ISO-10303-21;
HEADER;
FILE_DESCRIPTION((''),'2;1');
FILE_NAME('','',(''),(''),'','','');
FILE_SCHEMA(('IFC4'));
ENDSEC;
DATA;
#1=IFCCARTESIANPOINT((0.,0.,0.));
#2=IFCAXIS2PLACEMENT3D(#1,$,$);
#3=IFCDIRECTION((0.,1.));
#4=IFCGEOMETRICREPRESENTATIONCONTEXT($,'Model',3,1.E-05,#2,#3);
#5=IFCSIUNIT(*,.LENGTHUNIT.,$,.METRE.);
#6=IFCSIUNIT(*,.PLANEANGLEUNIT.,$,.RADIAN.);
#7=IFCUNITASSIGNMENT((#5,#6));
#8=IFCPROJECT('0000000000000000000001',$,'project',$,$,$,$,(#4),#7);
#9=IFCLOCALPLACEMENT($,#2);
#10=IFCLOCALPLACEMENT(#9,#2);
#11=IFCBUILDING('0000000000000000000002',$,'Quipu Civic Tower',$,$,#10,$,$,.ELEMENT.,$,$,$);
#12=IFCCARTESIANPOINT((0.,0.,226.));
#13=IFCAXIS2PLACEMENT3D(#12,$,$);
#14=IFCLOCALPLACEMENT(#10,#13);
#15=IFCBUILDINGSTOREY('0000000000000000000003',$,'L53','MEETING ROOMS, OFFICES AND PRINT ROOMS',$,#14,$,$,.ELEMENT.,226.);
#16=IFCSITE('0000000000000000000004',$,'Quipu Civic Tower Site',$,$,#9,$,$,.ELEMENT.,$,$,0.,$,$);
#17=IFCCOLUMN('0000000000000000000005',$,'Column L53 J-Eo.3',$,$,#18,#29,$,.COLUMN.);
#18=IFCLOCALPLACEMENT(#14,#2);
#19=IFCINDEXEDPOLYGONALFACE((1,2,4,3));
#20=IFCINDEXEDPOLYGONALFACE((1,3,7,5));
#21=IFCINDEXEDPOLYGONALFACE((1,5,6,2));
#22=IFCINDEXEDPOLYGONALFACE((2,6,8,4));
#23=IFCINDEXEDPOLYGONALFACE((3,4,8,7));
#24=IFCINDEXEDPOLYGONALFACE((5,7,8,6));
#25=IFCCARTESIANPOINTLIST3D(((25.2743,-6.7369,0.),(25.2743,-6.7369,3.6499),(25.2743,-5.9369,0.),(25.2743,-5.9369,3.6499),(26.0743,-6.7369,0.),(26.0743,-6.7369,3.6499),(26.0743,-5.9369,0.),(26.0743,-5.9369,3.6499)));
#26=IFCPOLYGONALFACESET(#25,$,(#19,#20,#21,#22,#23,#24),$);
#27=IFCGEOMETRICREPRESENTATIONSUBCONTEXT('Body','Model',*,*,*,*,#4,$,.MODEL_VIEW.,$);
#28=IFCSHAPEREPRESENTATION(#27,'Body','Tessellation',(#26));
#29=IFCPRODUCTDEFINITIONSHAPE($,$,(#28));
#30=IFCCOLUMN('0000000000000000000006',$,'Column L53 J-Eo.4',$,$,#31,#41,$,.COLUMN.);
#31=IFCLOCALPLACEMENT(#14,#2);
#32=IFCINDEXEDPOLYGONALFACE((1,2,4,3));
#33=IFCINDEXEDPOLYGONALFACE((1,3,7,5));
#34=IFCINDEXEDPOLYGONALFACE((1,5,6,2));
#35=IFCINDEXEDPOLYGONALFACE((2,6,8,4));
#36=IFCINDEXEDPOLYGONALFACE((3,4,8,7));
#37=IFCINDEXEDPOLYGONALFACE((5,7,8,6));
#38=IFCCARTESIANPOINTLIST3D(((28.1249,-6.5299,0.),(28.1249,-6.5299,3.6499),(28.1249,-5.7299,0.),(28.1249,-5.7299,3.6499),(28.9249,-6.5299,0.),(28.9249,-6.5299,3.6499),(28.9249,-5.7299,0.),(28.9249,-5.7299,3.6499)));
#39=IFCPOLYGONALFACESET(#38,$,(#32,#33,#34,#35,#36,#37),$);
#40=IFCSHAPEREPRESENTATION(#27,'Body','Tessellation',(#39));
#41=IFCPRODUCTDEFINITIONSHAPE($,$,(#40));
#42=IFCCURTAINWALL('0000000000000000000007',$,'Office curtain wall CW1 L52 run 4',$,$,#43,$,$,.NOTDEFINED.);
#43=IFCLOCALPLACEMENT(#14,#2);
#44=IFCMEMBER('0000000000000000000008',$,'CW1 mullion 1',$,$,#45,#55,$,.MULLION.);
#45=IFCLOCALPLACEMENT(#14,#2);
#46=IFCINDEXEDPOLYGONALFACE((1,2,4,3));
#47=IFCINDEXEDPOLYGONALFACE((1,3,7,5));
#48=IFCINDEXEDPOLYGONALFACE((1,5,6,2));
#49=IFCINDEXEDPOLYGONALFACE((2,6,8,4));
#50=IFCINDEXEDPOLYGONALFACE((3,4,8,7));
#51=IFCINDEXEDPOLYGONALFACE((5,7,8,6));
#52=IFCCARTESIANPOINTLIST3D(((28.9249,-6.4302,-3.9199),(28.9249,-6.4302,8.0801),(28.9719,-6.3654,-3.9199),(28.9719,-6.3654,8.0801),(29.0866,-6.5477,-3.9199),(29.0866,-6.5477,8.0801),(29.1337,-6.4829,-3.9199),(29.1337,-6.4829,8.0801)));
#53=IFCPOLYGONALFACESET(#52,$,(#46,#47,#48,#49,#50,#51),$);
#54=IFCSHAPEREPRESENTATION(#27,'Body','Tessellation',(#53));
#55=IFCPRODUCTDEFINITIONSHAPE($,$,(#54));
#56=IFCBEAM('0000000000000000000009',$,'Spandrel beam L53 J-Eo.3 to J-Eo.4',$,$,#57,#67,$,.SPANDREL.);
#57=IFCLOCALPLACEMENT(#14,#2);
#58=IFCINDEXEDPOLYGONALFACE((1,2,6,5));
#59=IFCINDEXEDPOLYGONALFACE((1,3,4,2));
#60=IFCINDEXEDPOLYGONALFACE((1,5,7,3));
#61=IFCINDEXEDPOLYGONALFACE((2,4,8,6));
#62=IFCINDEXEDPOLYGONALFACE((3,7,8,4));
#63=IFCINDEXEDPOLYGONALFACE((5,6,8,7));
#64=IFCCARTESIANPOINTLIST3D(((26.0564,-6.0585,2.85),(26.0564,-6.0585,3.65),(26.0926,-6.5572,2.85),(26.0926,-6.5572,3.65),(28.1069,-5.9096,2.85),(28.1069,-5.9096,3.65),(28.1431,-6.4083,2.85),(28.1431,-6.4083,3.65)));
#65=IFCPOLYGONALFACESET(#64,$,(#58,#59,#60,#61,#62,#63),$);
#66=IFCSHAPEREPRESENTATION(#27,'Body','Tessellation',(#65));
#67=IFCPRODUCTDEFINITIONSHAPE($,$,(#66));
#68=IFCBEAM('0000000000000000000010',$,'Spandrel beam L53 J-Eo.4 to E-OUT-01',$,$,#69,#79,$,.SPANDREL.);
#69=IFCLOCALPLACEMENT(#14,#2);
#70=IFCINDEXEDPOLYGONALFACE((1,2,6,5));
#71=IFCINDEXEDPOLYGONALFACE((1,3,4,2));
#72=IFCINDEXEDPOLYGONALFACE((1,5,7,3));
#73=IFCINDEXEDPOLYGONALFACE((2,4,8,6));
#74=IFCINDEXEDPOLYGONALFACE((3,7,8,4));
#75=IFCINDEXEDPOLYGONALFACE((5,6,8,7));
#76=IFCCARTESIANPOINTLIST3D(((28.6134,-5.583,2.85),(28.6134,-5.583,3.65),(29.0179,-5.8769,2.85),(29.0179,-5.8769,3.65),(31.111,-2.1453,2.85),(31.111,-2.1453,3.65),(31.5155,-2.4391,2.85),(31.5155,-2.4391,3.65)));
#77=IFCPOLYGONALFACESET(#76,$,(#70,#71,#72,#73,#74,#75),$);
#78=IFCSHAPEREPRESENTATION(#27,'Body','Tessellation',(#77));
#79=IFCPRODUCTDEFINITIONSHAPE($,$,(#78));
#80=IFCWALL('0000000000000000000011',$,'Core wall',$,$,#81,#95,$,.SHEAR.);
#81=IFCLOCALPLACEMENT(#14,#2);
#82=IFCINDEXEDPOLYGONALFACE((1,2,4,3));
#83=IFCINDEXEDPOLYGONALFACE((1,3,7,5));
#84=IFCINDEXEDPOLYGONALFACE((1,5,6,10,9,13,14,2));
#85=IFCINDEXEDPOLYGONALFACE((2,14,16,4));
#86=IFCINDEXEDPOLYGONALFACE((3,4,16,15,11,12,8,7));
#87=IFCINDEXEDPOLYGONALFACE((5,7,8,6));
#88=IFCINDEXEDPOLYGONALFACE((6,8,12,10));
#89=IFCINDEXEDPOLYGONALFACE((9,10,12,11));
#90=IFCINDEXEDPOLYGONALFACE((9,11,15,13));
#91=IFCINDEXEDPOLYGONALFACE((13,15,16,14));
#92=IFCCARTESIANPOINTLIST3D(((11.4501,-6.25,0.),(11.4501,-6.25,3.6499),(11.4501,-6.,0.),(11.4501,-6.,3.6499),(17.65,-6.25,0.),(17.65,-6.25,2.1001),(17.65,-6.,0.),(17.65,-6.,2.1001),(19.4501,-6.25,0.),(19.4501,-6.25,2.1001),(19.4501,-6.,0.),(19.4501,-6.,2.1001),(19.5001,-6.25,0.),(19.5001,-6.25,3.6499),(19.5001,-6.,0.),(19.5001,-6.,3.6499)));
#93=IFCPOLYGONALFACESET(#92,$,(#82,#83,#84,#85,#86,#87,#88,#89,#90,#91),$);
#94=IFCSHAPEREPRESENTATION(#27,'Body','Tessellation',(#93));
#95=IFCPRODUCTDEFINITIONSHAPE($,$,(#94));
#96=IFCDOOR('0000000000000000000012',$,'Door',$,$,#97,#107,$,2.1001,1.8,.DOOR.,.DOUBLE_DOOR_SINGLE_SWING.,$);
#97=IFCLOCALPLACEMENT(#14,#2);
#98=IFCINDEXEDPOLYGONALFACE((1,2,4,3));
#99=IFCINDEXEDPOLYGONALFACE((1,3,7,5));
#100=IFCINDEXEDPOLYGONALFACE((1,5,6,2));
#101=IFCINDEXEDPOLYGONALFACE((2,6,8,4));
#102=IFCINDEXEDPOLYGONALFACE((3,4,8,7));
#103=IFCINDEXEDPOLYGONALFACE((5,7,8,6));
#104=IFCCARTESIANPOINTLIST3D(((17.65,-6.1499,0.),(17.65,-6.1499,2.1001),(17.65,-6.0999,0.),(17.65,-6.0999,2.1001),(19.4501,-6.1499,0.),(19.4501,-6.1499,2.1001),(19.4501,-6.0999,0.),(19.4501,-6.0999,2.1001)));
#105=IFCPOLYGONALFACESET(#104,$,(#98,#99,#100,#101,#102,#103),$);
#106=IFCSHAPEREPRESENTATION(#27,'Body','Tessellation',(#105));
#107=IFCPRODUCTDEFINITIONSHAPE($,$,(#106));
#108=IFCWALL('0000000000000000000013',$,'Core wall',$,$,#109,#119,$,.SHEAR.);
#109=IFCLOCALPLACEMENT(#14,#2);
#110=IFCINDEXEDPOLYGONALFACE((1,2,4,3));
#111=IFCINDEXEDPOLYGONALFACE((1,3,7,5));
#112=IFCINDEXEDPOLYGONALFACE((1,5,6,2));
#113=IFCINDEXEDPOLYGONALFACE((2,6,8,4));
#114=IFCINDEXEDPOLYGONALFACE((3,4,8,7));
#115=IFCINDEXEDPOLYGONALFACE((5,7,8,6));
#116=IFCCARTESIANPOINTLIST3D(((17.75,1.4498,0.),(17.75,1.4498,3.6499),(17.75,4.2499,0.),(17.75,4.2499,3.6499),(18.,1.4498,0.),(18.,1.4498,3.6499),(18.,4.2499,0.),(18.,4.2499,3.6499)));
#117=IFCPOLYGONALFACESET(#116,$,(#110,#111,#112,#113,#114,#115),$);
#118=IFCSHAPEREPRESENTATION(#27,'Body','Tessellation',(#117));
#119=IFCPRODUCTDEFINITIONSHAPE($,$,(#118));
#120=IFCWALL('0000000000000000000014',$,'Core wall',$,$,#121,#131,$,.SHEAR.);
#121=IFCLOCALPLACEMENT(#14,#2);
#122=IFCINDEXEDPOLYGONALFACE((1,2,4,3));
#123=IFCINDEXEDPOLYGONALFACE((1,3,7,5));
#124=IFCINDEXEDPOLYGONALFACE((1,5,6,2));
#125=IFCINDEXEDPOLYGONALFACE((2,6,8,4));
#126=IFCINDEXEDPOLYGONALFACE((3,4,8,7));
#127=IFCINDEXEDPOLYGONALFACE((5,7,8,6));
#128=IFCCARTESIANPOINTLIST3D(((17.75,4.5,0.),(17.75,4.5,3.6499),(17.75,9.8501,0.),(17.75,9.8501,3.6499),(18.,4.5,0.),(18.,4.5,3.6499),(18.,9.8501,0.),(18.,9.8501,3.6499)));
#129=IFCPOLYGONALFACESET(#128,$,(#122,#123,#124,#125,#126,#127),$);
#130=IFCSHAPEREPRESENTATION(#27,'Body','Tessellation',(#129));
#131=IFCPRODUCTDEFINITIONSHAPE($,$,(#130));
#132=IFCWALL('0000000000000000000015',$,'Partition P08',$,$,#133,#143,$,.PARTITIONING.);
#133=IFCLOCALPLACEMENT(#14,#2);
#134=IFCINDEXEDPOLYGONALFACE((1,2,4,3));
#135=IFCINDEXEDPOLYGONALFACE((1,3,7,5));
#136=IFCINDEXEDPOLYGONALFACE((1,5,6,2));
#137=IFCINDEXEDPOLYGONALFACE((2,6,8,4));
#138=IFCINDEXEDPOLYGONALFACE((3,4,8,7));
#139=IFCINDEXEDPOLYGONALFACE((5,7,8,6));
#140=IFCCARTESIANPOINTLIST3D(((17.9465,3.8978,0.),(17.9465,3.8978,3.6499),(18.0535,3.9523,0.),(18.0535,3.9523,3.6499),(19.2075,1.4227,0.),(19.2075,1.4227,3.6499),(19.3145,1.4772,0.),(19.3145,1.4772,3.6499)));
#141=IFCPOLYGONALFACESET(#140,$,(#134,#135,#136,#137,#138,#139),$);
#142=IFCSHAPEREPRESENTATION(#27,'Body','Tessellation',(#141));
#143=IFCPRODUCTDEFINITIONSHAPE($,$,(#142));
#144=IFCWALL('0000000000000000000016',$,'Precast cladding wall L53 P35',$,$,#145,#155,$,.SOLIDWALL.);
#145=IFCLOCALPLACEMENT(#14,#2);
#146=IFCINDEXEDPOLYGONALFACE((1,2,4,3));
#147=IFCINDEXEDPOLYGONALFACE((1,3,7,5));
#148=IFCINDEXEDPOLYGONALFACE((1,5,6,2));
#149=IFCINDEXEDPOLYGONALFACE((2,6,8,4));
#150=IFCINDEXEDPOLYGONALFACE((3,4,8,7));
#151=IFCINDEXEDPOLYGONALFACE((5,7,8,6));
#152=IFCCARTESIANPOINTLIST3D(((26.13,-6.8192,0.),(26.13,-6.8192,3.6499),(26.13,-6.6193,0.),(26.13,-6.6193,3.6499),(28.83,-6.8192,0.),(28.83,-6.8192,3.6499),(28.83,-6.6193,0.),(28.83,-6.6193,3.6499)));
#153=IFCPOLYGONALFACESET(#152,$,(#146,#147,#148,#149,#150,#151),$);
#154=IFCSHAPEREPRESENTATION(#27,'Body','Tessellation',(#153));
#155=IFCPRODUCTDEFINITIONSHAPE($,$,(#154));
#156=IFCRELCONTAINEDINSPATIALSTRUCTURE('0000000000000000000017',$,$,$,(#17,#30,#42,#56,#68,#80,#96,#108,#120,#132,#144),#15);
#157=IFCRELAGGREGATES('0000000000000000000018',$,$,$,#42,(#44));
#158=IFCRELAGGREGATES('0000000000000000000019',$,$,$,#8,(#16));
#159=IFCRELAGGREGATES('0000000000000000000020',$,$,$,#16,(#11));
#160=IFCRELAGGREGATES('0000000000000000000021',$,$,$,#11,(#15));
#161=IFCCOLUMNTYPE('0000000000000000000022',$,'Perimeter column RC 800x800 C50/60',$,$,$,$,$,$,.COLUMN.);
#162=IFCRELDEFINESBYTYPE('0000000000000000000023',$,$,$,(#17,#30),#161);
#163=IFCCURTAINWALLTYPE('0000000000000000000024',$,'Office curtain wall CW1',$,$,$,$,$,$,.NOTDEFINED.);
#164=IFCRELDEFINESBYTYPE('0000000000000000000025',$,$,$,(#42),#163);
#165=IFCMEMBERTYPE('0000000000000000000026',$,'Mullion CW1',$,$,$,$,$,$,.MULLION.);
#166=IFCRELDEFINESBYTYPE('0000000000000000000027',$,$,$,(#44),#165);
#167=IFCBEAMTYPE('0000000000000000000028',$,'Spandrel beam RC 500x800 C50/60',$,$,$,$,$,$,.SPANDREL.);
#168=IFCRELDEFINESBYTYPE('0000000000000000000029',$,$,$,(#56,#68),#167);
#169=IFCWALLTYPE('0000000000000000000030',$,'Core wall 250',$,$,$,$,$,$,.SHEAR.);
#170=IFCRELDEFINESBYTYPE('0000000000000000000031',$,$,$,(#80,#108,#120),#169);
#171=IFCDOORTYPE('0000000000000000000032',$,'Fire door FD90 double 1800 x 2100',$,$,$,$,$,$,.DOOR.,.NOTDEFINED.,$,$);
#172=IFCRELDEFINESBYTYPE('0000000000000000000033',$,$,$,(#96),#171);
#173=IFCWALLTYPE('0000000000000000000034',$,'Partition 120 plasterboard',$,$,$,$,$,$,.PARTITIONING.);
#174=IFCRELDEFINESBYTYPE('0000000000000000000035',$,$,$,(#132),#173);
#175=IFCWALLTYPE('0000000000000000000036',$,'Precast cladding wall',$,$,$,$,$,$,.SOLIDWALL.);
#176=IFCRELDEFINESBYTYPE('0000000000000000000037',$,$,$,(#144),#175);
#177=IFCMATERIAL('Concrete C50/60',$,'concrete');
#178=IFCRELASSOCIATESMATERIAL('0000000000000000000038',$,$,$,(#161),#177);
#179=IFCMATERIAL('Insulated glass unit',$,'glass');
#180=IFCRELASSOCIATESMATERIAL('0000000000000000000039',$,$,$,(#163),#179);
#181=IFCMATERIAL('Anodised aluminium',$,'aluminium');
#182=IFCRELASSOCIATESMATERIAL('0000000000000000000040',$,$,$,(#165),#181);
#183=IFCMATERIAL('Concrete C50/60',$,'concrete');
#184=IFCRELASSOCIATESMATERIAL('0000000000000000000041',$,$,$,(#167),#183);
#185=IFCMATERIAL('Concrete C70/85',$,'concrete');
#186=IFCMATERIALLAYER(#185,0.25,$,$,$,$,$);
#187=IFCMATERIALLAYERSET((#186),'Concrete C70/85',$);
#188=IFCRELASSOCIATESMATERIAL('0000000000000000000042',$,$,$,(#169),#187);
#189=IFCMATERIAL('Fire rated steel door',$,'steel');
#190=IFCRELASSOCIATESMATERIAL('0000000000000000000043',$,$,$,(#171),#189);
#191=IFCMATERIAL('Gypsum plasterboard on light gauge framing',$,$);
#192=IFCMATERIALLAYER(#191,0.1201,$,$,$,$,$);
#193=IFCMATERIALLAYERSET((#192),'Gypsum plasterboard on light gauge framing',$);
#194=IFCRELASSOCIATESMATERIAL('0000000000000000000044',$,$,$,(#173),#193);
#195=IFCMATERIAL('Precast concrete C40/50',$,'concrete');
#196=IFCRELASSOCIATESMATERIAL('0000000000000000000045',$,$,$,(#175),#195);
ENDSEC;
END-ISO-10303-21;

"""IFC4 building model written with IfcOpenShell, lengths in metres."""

from ifc_helpers import new_model, si_unit, direction, frame, frame_2d, origin, origin_2d, place, context, subcontext, project, spatial, rectangle, extrude, material, layer, layer_set, material_profile, profile_set, type_object, element, fill, aggregate, save


model = new_model("IFC4")

# Units and contexts
model_context = context("Model", 3, precision=1e-05, world=origin(), true_north=direction((0.0, 1.0)))
body_context = subcontext(model_context, "Body", "Model", "MODEL_VIEW")
ifc_project = project(units=[si_unit("LENGTHUNIT", "METRE"), si_unit("PLANEANGLEUNIT", "RADIAN")], contexts=[model_context])

# Site, building, storey
site_placement = place(None, origin())
site = spatial("IfcSite", under=ifc_project, at=site_placement, Name="Quipu Civic Tower Site", CompositionType="ELEMENT", RefElevation=0.0)
building_placement = place(site_placement, origin())
building = spatial("IfcBuilding", under=site, at=building_placement, Name="Quipu Civic Tower", CompositionType="ELEMENT")
storey_placement = place(building_placement, frame((0.0, 0.0, 226.0)))
storey = spatial("IfcBuildingStorey", under=building, at=storey_placement, Name="L53", Description="MEETING ROOMS, OFFICES AND PRINT ROOMS", CompositionType="ELEMENT", Elevation=226.0)

# Columns
ifc_material_1 = material(Name="Concrete C50/60", Category="concrete")
ifc_material_profile_1 = material_profile(ifc_material_1, rectangle(XDim=0.8, YDim=0.8, at=origin_2d()), Name="RC800x800")
ifc_profile_set_1 = profile_set([ifc_material_profile_1], Name="Concrete C50/60")
column_type = type_object("IfcColumnType", Name="Perimeter column RC 800x800 C50/60", PredefinedType="COLUMN", material=ifc_profile_set_1)
for number, where, z_axis, x_axis, name in (
    (1, (25.6743, -6.3369, 0.0), (0.0, 0.0, 1.0), (1.0, 0.0, 0.0), "Column L53 J-Eo.3"),
    (2, (28.5249, -6.1299, 0.0), (0.0, 0.0, 1.0), (1.0, 0.0, 0.0), "Column L53 J-Eo.4"),
):
    element("IfcColumn", number, at=place(storey_placement, frame(where, z_axis=z_axis, x_axis=x_axis)), inside=storey, type_object=column_type, Name=name, PredefinedType="COLUMN", context=body_context, shape_type="SweptSolid", body=[
        extrude(rectangle(XDim=0.8, YDim=0.8, at=origin_2d()), origin(), (0.0, 0.0, 1.0), 3.6499),
    ])

# Curtain wall, member
ifc_material_2 = material(Name="Insulated glass unit", Category="glass")
curtain_wall_type = type_object("IfcCurtainWallType", Name="Office curtain wall CW1", PredefinedType="NOTDEFINED", material=ifc_material_2)
curtain_wall_placement = place(storey_placement, origin())
curtain_wall = element("IfcCurtainWall", 3, at=curtain_wall_placement, inside=storey, type_object=curtain_wall_type, Name="Office curtain wall CW1 L52 run 4", PredefinedType="NOTDEFINED")
ifc_material_3 = material(Name="Anodised aluminium", Category="aluminium")
ifc_material_profile_2 = material_profile(ifc_material_3, rectangle(XDim=0.2, YDim=0.0801, at=origin_2d()), Name="RECT 200x80")
ifc_profile_set_2 = profile_set([ifc_material_profile_2], Name="Anodised aluminium")
member_type = type_object("IfcMemberType", Name="Mullion CW1", PredefinedType="MULLION", material=ifc_profile_set_2)
member_placement = place(storey_placement, frame((29.0293, -6.4565, -3.9199), z_axis=(0.0, 0.0, 1.0), x_axis=(-0.809016, 0.587787, 0.0)))
member = element("IfcMember", 4, at=member_placement, type_object=member_type, Name="CW1 mullion 1", PredefinedType="MULLION", context=body_context, shape_type="SweptSolid", body=[
    extrude(rectangle(XDim=0.2, YDim=0.0801, at=origin_2d()), origin(), (0.0, 0.0, 1.0), 12.0),
])
aggregate(curtain_wall, [member])

# Beams
ifc_material_4 = material(Name="Concrete C50/60", Category="concrete")
ifc_material_profile_3 = material_profile(ifc_material_4, rectangle(XDim=0.5, YDim=0.8, at=origin_2d()), Name="RC500x800")
ifc_profile_set_3 = profile_set([ifc_material_profile_3], Name="Concrete C50/60")
beam_type = type_object("IfcBeamType", Name="Spandrel beam RC 500x800 C50/60", PredefinedType="SPANDREL", material=ifc_profile_set_3)
beam_1_placement = place(storey_placement, frame((26.0745, -6.3079, 3.25), z_axis=(0.997373, 0.072437, 0.0), x_axis=(-0.072437, 0.997373, 0.0)))
element("IfcBeam", 5, at=beam_1_placement, inside=storey, type_object=beam_type, Name="Spandrel beam L53 J-Eo.3 to J-Eo.4", PredefinedType="SPANDREL", context=body_context, shape_type="SweptSolid", body=[
    extrude(rectangle(XDim=0.5, YDim=0.8, at=origin_2d()), origin(), (0.0, 0.0, 1.0), 2.0559),
])
beam_2_placement = place(storey_placement, frame((28.8157, -5.73, 3.25), z_axis=(0.587769, 0.809029, 0.0), x_axis=(-0.809029, 0.587769, 0.0)))
element("IfcBeam", 6, at=beam_2_placement, inside=storey, type_object=beam_type, Name="Spandrel beam L53 J-Eo.4 to E-OUT-01", PredefinedType="SPANDREL", context=body_context, shape_type="SweptSolid", body=[
    extrude(rectangle(XDim=0.5, YDim=0.8, at=origin_2d()), origin(), (0.0, 0.0, 1.0), 4.2493),
])

# Wall, opening, door
ifc_material_5 = material(Name="Concrete C70/85", Category="concrete")
ifc_layer_1 = layer(ifc_material_5, 0.25)
ifc_layer_set_1 = layer_set([ifc_layer_1], Name="Concrete C70/85")
wall_type_1 = type_object("IfcWallType", Name="Core wall 250", PredefinedType="SHEAR", material=ifc_layer_set_1)
wall_1_placement = place(storey_placement, frame((19.5, -6.125, 0.0), z_axis=(0.0, 0.0, 1.0), x_axis=(-1.0, 0.0, 0.0)))
wall_1 = element("IfcWall", 7, at=wall_1_placement, inside=storey, type_object=wall_type_1, Name="Core wall", PredefinedType="SHEAR", context=body_context, shape_type="SweptSolid", body=[
    extrude(rectangle(XDim=8.05, YDim=0.25, at=frame_2d((4.0249, 0.0))), origin(), (0.0, 0.0, 1.0), 3.6499),
])
opening_1_placement = place(wall_1_placement, frame((0.05, 0.0, 0.0)))
opening_1 = element("IfcOpeningElement", 8, at=opening_1_placement, cuts=wall_1, PredefinedType="OPENING", context=body_context, shape_type="SweptSolid", body=[
    extrude(rectangle(XDim=1.8, YDim=2.1001, at=frame_2d((0.8999, 1.05))), frame((0.0, 0.135, 0.0), z_axis=(0.0, -1.0, 0.0), x_axis=(1.0, 0.0, 0.0)), (0.0, 0.0, 1.0), 0.27),
])
ifc_material_6 = material(Name="Fire rated steel door", Category="steel")
door_type_1 = type_object("IfcDoorType", Name="Fire door FD90 double 1800 x 2100", OperationType="NOTDEFINED", PredefinedType="DOOR", material=ifc_material_6)
door_1_placement = place(opening_1_placement, origin())
door_1 = element("IfcDoor", 9, at=door_1_placement, inside=storey, type_object=door_type_1, Name="Door", OperationType="DOUBLE_DOOR_SINGLE_SWING", OverallHeight=2.1001, OverallWidth=1.8, PredefinedType="DOOR", context=body_context, shape_type="SweptSolid", body=[
    extrude(rectangle(XDim=1.8, YDim=2.1001, at=frame_2d((0.8999, 1.05))), frame((0.0, 0.0249, 0.0), z_axis=(0.0, -1.0, 0.0), x_axis=(1.0, 0.0, 0.0)), (0.0, 0.0, 1.0), 0.05),
])
fill(opening_1, door_1)

# Walls
wall_2_placement = place(storey_placement, frame((17.875, 1.45, 0.0), z_axis=(0.0, 0.0, 1.0), x_axis=(0.0, 1.0, 0.0)))
element("IfcWall", 10, at=wall_2_placement, inside=storey, type_object=wall_type_1, Name="Core wall", PredefinedType="SHEAR", context=body_context, shape_type="SweptSolid", body=[
    extrude(rectangle(XDim=2.8, YDim=0.25, at=frame_2d((1.3999, 0.0))), origin(), (0.0, 0.0, 1.0), 3.6499),
])
wall_3_placement = place(storey_placement, frame((17.875, 4.5, 0.0), z_axis=(0.0, 0.0, 1.0), x_axis=(0.0, 1.0, 0.0)))
element("IfcWall", 11, at=wall_3_placement, inside=storey, type_object=wall_type_1, Name="Core wall", PredefinedType="SHEAR", context=body_context, shape_type="SweptSolid", body=[
    extrude(rectangle(XDim=5.3501, YDim=0.25, at=frame_2d((2.675, 0.0))), origin(), (0.0, 0.0, 1.0), 3.6499),
])

# Walls
ifc_material_7 = material(Name="Gypsum plasterboard on light gauge framing")
ifc_layer_2 = layer(ifc_material_7, 0.1201)
ifc_layer_set_2 = layer_set([ifc_layer_2], Name="Gypsum plasterboard on light gauge framing")
wall_type_2 = type_object("IfcWallType", Name="Partition 120 plasterboard", PredefinedType="PARTITIONING", material=ifc_layer_set_2)
wall_4_placement = place(storey_placement, frame((18.0, 3.925, 0.0), z_axis=(0.0, 0.0, 1.0), x_axis=(0.453951, -0.891027, 0.0)))
element("IfcWall", 12, at=wall_4_placement, inside=storey, type_object=wall_type_2, Name="Partition P08", PredefinedType="PARTITIONING", context=body_context, shape_type="SweptSolid", body=[
    extrude(rectangle(XDim=2.7778, YDim=0.1201, at=frame_2d((1.3889, 0.0))), origin(), (0.0, 0.0, 1.0), 3.6499),
])
ifc_material_8 = material(Name="Precast concrete C40/50", Category="concrete")
wall_type_3 = type_object("IfcWallType", Name="Precast cladding wall", PredefinedType="SOLIDWALL", material=ifc_material_8)
wall_5_placement = place(storey_placement, frame((26.1299, -6.7192, 0.0), z_axis=(0.0, 0.0, 1.0), x_axis=(1.0, 0.0, 0.0)))
element("IfcWall", 13, at=wall_5_placement, inside=storey, type_object=wall_type_3, Name="Precast cladding wall L53 P35", PredefinedType="SOLIDWALL", context=body_context, shape_type="SweptSolid", body=[
    extrude(rectangle(XDim=2.7, YDim=0.2, at=frame_2d((1.3501, 0.0))), origin(), (0.0, 0.0, 1.0), 3.6499),
])

save(model, "model.ifc")
